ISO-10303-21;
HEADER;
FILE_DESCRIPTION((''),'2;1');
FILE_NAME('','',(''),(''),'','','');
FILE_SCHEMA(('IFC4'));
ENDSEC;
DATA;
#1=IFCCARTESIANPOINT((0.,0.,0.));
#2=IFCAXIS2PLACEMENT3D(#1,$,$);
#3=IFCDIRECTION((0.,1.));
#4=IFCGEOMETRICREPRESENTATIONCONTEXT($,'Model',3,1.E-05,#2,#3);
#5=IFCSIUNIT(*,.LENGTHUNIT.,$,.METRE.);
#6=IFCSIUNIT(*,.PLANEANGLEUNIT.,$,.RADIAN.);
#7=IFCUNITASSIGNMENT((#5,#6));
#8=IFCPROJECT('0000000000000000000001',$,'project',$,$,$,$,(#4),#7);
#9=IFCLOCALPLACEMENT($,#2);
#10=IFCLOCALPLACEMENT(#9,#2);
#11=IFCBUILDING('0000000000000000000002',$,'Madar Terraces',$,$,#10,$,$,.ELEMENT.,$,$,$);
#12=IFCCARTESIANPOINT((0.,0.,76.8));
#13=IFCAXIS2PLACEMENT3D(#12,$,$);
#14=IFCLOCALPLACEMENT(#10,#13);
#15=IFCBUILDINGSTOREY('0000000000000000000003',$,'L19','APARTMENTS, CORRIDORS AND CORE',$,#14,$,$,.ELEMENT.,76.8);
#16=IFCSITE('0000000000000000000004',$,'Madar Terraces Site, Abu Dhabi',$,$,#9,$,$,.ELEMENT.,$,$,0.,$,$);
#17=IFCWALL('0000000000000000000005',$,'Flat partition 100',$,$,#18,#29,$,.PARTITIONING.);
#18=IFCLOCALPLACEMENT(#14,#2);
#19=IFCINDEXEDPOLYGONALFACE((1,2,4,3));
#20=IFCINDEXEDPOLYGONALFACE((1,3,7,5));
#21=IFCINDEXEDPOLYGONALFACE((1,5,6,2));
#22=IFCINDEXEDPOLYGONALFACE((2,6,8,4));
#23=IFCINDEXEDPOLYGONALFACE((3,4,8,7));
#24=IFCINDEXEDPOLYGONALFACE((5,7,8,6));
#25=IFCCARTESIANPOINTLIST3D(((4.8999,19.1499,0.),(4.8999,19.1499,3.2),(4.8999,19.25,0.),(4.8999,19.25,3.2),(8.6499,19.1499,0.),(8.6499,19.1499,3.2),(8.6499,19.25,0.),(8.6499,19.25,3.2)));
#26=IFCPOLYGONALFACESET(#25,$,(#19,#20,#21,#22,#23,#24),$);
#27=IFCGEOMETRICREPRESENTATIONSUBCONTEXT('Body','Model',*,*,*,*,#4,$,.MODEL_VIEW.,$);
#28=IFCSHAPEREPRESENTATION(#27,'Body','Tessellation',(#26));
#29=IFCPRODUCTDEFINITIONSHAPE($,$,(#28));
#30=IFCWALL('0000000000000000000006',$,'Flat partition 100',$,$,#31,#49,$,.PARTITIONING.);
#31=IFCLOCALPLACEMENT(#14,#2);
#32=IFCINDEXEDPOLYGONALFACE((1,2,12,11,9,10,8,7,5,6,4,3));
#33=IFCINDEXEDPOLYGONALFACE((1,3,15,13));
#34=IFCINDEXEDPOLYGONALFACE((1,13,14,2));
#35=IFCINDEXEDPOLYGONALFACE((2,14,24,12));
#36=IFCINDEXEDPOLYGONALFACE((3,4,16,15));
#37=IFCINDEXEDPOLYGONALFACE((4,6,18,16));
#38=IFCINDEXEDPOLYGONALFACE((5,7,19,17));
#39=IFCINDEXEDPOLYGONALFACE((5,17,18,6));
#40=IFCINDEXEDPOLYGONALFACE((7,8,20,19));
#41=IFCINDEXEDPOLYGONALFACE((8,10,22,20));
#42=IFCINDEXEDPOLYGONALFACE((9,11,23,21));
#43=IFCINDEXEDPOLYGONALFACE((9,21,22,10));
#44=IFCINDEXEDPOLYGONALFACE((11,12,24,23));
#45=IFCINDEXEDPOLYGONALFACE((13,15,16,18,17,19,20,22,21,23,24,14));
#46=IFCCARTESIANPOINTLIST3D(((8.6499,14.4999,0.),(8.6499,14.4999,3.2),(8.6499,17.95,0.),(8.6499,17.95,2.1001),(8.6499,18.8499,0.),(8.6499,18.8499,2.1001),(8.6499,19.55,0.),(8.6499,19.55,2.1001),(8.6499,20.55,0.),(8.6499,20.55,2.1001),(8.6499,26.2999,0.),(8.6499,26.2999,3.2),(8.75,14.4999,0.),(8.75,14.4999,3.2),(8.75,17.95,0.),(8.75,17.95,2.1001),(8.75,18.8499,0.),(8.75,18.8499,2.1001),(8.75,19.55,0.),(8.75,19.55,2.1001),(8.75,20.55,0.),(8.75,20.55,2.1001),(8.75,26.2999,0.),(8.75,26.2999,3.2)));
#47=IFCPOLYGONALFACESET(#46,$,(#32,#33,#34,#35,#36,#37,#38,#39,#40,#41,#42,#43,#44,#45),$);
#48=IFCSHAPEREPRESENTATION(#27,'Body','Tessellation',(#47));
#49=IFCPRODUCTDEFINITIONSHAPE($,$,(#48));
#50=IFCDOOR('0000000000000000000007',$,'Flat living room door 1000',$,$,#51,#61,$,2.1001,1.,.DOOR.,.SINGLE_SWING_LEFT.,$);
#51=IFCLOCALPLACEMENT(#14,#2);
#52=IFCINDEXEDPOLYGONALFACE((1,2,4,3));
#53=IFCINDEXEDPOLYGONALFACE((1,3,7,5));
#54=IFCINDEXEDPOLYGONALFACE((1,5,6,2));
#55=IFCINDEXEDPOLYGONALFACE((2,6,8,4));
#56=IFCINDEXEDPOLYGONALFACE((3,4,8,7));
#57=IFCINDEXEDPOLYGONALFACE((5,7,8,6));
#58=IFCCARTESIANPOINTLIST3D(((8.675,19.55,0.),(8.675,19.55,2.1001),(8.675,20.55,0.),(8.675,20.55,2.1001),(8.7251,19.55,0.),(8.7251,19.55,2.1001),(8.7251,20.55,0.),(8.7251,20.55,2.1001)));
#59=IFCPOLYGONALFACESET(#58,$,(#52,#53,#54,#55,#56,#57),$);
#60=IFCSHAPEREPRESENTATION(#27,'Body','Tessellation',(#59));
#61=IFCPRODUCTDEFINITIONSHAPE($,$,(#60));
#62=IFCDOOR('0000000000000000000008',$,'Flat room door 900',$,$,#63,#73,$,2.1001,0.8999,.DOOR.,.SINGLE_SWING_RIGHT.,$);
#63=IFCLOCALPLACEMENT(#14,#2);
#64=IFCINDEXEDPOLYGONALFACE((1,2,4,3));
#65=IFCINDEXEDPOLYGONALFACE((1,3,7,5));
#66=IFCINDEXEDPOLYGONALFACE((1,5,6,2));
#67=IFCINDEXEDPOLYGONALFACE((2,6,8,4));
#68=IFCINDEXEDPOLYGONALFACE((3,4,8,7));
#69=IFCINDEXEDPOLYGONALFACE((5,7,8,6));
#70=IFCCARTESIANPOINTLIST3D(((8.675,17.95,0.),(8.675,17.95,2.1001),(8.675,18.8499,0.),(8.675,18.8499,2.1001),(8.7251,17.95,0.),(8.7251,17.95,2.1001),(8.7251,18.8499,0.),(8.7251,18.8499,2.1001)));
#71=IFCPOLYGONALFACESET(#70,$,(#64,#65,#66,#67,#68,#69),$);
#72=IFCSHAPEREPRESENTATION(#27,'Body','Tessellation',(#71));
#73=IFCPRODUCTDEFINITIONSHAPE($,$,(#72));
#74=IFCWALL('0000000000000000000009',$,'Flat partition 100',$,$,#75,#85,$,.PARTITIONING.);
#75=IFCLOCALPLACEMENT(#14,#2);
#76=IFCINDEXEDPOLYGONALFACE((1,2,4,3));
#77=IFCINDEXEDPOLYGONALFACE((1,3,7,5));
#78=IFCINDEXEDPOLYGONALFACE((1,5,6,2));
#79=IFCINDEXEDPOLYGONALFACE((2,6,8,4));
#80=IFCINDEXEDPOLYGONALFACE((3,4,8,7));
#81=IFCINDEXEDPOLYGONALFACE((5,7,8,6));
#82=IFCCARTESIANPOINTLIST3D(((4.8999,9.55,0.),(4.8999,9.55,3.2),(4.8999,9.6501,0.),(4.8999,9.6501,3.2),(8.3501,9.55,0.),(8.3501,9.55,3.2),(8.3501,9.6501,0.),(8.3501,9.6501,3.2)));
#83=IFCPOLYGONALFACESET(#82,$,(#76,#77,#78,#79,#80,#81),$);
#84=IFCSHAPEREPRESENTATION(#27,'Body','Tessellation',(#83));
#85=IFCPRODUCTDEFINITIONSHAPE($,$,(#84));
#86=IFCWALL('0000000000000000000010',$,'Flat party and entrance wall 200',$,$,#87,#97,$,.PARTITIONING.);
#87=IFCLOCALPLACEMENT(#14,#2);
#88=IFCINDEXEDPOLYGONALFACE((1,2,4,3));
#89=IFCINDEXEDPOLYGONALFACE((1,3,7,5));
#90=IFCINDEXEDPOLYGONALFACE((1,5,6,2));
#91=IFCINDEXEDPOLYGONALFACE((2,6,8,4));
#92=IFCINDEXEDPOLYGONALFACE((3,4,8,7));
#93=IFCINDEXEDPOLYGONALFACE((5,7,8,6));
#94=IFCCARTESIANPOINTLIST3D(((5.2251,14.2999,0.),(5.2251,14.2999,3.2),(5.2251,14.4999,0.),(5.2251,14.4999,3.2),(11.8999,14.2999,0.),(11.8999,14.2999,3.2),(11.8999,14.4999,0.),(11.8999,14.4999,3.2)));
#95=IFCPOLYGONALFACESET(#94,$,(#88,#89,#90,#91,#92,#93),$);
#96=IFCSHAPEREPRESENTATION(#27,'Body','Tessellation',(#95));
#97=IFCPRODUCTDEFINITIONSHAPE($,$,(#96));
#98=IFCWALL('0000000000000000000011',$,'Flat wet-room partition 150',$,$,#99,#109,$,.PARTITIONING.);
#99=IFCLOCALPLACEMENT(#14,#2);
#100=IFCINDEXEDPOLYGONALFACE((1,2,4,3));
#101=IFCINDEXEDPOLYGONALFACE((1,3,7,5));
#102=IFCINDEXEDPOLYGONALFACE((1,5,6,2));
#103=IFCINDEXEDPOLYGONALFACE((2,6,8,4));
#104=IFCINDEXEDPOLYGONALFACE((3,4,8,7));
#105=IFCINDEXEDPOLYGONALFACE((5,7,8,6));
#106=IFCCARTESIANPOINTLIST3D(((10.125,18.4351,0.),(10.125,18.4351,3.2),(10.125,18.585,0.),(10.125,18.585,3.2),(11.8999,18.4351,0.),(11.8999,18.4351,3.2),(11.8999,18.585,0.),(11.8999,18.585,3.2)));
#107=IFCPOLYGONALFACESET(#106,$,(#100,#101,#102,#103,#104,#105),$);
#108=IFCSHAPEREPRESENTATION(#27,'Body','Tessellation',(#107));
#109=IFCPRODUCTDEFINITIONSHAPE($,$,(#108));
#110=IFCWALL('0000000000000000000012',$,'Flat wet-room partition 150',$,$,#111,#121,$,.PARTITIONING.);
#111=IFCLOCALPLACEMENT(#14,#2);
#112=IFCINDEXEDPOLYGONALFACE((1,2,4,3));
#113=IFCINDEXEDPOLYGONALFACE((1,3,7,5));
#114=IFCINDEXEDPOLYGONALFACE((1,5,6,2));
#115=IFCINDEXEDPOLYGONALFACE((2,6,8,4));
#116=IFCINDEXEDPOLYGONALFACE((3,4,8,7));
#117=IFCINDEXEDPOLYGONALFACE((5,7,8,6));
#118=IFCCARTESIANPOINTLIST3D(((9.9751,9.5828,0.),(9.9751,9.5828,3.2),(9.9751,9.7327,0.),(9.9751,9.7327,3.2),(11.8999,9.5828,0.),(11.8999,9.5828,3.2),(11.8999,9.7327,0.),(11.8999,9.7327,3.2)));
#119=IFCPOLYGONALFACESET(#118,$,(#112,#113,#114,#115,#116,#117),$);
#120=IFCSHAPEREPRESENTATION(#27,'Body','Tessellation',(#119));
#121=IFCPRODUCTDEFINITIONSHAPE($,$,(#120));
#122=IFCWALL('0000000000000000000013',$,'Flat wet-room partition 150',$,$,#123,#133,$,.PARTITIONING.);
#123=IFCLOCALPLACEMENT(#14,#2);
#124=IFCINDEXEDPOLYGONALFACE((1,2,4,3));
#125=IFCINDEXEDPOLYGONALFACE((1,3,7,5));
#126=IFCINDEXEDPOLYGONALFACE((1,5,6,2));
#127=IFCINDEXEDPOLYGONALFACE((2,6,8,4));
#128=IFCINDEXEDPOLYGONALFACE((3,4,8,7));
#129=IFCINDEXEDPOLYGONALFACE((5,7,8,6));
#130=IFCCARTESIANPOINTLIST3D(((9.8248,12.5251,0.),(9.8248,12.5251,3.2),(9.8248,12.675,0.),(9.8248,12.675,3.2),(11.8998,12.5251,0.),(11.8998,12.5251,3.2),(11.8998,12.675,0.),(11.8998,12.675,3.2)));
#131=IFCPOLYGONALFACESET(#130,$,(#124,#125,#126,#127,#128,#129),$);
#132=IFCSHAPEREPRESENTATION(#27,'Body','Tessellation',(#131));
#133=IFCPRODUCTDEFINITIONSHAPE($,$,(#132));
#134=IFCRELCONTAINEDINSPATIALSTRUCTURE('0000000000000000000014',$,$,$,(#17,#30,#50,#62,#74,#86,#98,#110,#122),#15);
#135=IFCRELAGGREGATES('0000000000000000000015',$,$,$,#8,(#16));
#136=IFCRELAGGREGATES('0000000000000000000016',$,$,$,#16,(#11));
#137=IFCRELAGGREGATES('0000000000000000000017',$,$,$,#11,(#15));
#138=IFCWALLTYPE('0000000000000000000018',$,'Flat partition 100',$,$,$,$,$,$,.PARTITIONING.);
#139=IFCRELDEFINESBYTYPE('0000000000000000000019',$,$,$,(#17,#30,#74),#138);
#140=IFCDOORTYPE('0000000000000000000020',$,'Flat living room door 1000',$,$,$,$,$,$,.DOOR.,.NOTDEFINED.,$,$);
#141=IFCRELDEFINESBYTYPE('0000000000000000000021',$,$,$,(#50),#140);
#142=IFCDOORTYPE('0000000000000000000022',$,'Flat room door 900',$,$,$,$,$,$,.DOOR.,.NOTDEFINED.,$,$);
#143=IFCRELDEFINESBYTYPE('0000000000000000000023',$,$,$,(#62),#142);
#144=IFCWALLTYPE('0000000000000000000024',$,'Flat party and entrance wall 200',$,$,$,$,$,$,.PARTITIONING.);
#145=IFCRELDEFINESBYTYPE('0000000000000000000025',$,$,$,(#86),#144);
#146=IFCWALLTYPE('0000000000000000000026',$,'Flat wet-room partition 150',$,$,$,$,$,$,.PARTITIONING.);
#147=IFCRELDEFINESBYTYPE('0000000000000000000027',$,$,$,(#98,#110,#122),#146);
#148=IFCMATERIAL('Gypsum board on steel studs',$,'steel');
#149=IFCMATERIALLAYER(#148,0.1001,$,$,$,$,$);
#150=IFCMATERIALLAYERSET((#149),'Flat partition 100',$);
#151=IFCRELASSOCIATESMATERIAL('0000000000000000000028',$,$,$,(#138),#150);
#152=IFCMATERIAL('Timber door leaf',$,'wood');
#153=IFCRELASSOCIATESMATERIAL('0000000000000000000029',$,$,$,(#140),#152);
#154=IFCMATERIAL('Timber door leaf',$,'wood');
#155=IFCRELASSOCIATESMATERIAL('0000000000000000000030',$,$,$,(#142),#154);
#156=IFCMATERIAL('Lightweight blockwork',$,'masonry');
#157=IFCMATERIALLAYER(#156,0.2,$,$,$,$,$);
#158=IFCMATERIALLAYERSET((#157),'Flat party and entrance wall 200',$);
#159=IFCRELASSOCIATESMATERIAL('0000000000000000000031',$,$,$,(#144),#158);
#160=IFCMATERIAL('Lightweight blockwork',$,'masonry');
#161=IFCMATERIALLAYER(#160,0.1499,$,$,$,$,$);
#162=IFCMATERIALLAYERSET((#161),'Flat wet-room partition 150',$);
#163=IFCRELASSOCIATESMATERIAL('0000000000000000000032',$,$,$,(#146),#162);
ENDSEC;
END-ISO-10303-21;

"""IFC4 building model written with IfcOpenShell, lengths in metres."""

from ifc_helpers import new_model, si_unit, direction, frame, frame_2d, origin, place, context, subcontext, project, spatial, rectangle, extrude, material, layer, layer_set, type_object, element, fill, save


model = new_model("IFC4")

# Units and contexts
model_context = context("Model", 3, precision=1e-05, world=origin(), true_north=direction((0.0, 1.0)))
body_context = subcontext(model_context, "Body", "Model", "MODEL_VIEW")
ifc_project = project(units=[si_unit("LENGTHUNIT", "METRE"), si_unit("PLANEANGLEUNIT", "RADIAN")], contexts=[model_context])

# Site, building, storey
site_placement = place(None, origin())
site = spatial("IfcSite", under=ifc_project, at=site_placement, Name="Madar Terraces Site, Abu Dhabi", CompositionType="ELEMENT", RefElevation=0.0)
building_placement = place(site_placement, origin())
building = spatial("IfcBuilding", under=site, at=building_placement, Name="Madar Terraces", CompositionType="ELEMENT")
storey_placement = place(building_placement, frame((0.0, 0.0, 76.8)))
storey = spatial("IfcBuildingStorey", under=building, at=storey_placement, Name="L19", Description="APARTMENTS, CORRIDORS AND CORE", CompositionType="ELEMENT", Elevation=76.8)

# Wall
ifc_material_1 = material(Name="Gypsum board on steel studs", Category="steel")
ifc_layer_1 = layer(ifc_material_1, 0.1001)
ifc_layer_set_1 = layer_set([ifc_layer_1], Name="Flat partition 100")
wall_type_1 = type_object("IfcWallType", Name="Flat partition 100", PredefinedType="PARTITIONING", material=ifc_layer_set_1)
wall_1_placement = place(storey_placement, frame((8.6499, 19.2, 0.0), z_axis=(0.0, 0.0, 1.0), x_axis=(-1.0, 0.0, 0.0)))
element("IfcWall", 1, at=wall_1_placement, inside=storey, type_object=wall_type_1, Name="Flat partition 100", PredefinedType="PARTITIONING", context=body_context, shape_type="SweptSolid", body=[
    extrude(rectangle(XDim=3.75, YDim=0.1001, at=frame_2d((1.875, 0.0))), origin(), (0.0, 0.0, 1.0), 3.2),
])

# Wall, openings, doors
wall_2_placement = place(storey_placement, frame((8.7, 14.5, 0.0), z_axis=(0.0, 0.0, 1.0), x_axis=(0.0, 1.0, 0.0)))
wall_2 = element("IfcWall", 2, at=wall_2_placement, inside=storey, type_object=wall_type_1, Name="Flat partition 100", PredefinedType="PARTITIONING", context=body_context, shape_type="SweptSolid", body=[
    extrude(rectangle(XDim=11.8, YDim=0.1001, at=frame_2d((5.8999, 0.0))), origin(), (0.0, 0.0, 1.0), 3.2),
])
opening_1_placement = place(wall_2_placement, frame((5.05, 0.0, 0.0)))
opening_1 = element("IfcOpeningElement", 3, at=opening_1_placement, cuts=wall_2, PredefinedType="OPENING", context=body_context, shape_type="SweptSolid", body=[
    extrude(rectangle(XDim=1.0, YDim=2.1001, at=frame_2d((0.5, 1.05))), frame((0.0, 0.0601, 0.0), z_axis=(0.0, -1.0, 0.0), x_axis=(1.0, 0.0, 0.0)), (0.0, 0.0, 1.0), 0.1201),
])
opening_2_placement = place(wall_2_placement, frame((3.45, 0.0, 0.0)))
opening_2 = element("IfcOpeningElement", 4, at=opening_2_placement, cuts=wall_2, PredefinedType="OPENING", context=body_context, shape_type="SweptSolid", body=[
    extrude(rectangle(XDim=0.8999, YDim=2.1001, at=frame_2d((0.45, 1.05))), frame((0.0, 0.0601, 0.0), z_axis=(0.0, -1.0, 0.0), x_axis=(1.0, 0.0, 0.0)), (0.0, 0.0, 1.0), 0.1201),
])
ifc_material_2 = material(Name="Timber door leaf", Category="wood")
door_type_1 = type_object("IfcDoorType", Name="Flat living room door 1000", OperationType="NOTDEFINED", PredefinedType="DOOR", material=ifc_material_2)
door_1_placement = place(opening_1_placement, origin())
door_1 = element("IfcDoor", 5, at=door_1_placement, inside=storey, type_object=door_type_1, Name="Flat living room door 1000", OperationType="SINGLE_SWING_LEFT", OverallHeight=2.1001, OverallWidth=1.0, PredefinedType="DOOR", context=body_context, shape_type="SweptSolid", body=[
    extrude(rectangle(XDim=1.0, YDim=2.1001, at=frame_2d((0.5, 1.05))), frame((0.0, 0.0249, 0.0), z_axis=(0.0, -1.0, 0.0), x_axis=(1.0, 0.0, 0.0)), (0.0, 0.0, 1.0), 0.05),
])
fill(opening_1, door_1)
ifc_material_3 = material(Name="Timber door leaf", Category="wood")
door_type_2 = type_object("IfcDoorType", Name="Flat room door 900", OperationType="NOTDEFINED", PredefinedType="DOOR", material=ifc_material_3)
door_2_placement = place(opening_2_placement, origin())
door_2 = element("IfcDoor", 6, at=door_2_placement, inside=storey, type_object=door_type_2, Name="Flat room door 900", OperationType="SINGLE_SWING_RIGHT", OverallHeight=2.1001, OverallWidth=0.8999, PredefinedType="DOOR", context=body_context, shape_type="SweptSolid", body=[
    extrude(rectangle(XDim=0.8999, YDim=2.1001, at=frame_2d((0.45, 1.05))), frame((0.0, 0.0249, 0.0), z_axis=(0.0, -1.0, 0.0), x_axis=(1.0, 0.0, 0.0)), (0.0, 0.0, 1.0), 0.05),
])
fill(opening_2, door_2)

# Walls
wall_3_placement = place(storey_placement, frame((8.3501, 9.6001, 0.0), z_axis=(0.0, 0.0, 1.0), x_axis=(-1.0, 0.0, 0.0)))
element("IfcWall", 7, at=wall_3_placement, inside=storey, type_object=wall_type_1, Name="Flat partition 100", PredefinedType="PARTITIONING", context=body_context, shape_type="SweptSolid", body=[
    extrude(rectangle(XDim=3.4502, YDim=0.1001, at=frame_2d((1.7251, 0.0))), origin(), (0.0, 0.0, 1.0), 3.2),
])
ifc_material_4 = material(Name="Lightweight blockwork", Category="masonry")
ifc_layer_2 = layer(ifc_material_4, 0.2)
ifc_layer_set_2 = layer_set([ifc_layer_2], Name="Flat party and entrance wall 200")
wall_type_2 = type_object("IfcWallType", Name="Flat party and entrance wall 200", PredefinedType="PARTITIONING", material=ifc_layer_set_2)
wall_4_placement = place(storey_placement, frame((5.2251, 14.3999, 0.0), z_axis=(0.0, 0.0, 1.0), x_axis=(1.0, 0.0, 0.0)))
element("IfcWall", 8, at=wall_4_placement, inside=storey, type_object=wall_type_2, Name="Flat party and entrance wall 200", PredefinedType="PARTITIONING", context=body_context, shape_type="SweptSolid", body=[
    extrude(rectangle(XDim=6.6748, YDim=0.2, at=frame_2d((3.3374, 0.0))), origin(), (0.0, 0.0, 1.0), 3.2),
])
ifc_material_5 = material(Name="Lightweight blockwork", Category="masonry")
ifc_layer_3 = layer(ifc_material_5, 0.1499)
ifc_layer_set_3 = layer_set([ifc_layer_3], Name="Flat wet-room partition 150")
wall_type_3 = type_object("IfcWallType", Name="Flat wet-room partition 150", PredefinedType="PARTITIONING", material=ifc_layer_set_3)
wall_5_placement = place(storey_placement, frame((11.8999, 18.51, 0.0), z_axis=(0.0, 0.0, 1.0), x_axis=(-1.0, 0.0, 0.0)))
element("IfcWall", 9, at=wall_5_placement, inside=storey, type_object=wall_type_3, Name="Flat wet-room partition 150", PredefinedType="PARTITIONING", context=body_context, shape_type="SweptSolid", body=[
    extrude(rectangle(XDim=1.7749, YDim=0.1499, at=frame_2d((0.8875, 0.0))), origin(), (0.0, 0.0, 1.0), 3.2),
])
wall_6_placement = place(storey_placement, frame((11.8999, 9.6577, 0.0), z_axis=(0.0, 0.0, 1.0), x_axis=(-1.0, 0.0, 0.0)))
element("IfcWall", 10, at=wall_6_placement, inside=storey, type_object=wall_type_3, Name="Flat wet-room partition 150", PredefinedType="PARTITIONING", context=body_context, shape_type="SweptSolid", body=[
    extrude(rectangle(XDim=1.9248, YDim=0.1499, at=frame_2d((0.9624, 0.0))), origin(), (0.0, 0.0, 1.0), 3.2),
])
wall_7_placement = place(storey_placement, frame((11.8999, 12.6001, 0.0), z_axis=(0.0, 0.0, 1.0), x_axis=(-1.0, 0.0, 0.0)))
element("IfcWall", 11, at=wall_7_placement, inside=storey, type_object=wall_type_3, Name="Flat wet-room partition 150", PredefinedType="PARTITIONING", context=body_context, shape_type="SweptSolid", body=[
    extrude(rectangle(XDim=2.075, YDim=0.1499, at=frame_2d((1.0376, 0.0))), origin(), (0.0, 0.0, 1.0), 3.2),
])

save(model, "model.ifc")
